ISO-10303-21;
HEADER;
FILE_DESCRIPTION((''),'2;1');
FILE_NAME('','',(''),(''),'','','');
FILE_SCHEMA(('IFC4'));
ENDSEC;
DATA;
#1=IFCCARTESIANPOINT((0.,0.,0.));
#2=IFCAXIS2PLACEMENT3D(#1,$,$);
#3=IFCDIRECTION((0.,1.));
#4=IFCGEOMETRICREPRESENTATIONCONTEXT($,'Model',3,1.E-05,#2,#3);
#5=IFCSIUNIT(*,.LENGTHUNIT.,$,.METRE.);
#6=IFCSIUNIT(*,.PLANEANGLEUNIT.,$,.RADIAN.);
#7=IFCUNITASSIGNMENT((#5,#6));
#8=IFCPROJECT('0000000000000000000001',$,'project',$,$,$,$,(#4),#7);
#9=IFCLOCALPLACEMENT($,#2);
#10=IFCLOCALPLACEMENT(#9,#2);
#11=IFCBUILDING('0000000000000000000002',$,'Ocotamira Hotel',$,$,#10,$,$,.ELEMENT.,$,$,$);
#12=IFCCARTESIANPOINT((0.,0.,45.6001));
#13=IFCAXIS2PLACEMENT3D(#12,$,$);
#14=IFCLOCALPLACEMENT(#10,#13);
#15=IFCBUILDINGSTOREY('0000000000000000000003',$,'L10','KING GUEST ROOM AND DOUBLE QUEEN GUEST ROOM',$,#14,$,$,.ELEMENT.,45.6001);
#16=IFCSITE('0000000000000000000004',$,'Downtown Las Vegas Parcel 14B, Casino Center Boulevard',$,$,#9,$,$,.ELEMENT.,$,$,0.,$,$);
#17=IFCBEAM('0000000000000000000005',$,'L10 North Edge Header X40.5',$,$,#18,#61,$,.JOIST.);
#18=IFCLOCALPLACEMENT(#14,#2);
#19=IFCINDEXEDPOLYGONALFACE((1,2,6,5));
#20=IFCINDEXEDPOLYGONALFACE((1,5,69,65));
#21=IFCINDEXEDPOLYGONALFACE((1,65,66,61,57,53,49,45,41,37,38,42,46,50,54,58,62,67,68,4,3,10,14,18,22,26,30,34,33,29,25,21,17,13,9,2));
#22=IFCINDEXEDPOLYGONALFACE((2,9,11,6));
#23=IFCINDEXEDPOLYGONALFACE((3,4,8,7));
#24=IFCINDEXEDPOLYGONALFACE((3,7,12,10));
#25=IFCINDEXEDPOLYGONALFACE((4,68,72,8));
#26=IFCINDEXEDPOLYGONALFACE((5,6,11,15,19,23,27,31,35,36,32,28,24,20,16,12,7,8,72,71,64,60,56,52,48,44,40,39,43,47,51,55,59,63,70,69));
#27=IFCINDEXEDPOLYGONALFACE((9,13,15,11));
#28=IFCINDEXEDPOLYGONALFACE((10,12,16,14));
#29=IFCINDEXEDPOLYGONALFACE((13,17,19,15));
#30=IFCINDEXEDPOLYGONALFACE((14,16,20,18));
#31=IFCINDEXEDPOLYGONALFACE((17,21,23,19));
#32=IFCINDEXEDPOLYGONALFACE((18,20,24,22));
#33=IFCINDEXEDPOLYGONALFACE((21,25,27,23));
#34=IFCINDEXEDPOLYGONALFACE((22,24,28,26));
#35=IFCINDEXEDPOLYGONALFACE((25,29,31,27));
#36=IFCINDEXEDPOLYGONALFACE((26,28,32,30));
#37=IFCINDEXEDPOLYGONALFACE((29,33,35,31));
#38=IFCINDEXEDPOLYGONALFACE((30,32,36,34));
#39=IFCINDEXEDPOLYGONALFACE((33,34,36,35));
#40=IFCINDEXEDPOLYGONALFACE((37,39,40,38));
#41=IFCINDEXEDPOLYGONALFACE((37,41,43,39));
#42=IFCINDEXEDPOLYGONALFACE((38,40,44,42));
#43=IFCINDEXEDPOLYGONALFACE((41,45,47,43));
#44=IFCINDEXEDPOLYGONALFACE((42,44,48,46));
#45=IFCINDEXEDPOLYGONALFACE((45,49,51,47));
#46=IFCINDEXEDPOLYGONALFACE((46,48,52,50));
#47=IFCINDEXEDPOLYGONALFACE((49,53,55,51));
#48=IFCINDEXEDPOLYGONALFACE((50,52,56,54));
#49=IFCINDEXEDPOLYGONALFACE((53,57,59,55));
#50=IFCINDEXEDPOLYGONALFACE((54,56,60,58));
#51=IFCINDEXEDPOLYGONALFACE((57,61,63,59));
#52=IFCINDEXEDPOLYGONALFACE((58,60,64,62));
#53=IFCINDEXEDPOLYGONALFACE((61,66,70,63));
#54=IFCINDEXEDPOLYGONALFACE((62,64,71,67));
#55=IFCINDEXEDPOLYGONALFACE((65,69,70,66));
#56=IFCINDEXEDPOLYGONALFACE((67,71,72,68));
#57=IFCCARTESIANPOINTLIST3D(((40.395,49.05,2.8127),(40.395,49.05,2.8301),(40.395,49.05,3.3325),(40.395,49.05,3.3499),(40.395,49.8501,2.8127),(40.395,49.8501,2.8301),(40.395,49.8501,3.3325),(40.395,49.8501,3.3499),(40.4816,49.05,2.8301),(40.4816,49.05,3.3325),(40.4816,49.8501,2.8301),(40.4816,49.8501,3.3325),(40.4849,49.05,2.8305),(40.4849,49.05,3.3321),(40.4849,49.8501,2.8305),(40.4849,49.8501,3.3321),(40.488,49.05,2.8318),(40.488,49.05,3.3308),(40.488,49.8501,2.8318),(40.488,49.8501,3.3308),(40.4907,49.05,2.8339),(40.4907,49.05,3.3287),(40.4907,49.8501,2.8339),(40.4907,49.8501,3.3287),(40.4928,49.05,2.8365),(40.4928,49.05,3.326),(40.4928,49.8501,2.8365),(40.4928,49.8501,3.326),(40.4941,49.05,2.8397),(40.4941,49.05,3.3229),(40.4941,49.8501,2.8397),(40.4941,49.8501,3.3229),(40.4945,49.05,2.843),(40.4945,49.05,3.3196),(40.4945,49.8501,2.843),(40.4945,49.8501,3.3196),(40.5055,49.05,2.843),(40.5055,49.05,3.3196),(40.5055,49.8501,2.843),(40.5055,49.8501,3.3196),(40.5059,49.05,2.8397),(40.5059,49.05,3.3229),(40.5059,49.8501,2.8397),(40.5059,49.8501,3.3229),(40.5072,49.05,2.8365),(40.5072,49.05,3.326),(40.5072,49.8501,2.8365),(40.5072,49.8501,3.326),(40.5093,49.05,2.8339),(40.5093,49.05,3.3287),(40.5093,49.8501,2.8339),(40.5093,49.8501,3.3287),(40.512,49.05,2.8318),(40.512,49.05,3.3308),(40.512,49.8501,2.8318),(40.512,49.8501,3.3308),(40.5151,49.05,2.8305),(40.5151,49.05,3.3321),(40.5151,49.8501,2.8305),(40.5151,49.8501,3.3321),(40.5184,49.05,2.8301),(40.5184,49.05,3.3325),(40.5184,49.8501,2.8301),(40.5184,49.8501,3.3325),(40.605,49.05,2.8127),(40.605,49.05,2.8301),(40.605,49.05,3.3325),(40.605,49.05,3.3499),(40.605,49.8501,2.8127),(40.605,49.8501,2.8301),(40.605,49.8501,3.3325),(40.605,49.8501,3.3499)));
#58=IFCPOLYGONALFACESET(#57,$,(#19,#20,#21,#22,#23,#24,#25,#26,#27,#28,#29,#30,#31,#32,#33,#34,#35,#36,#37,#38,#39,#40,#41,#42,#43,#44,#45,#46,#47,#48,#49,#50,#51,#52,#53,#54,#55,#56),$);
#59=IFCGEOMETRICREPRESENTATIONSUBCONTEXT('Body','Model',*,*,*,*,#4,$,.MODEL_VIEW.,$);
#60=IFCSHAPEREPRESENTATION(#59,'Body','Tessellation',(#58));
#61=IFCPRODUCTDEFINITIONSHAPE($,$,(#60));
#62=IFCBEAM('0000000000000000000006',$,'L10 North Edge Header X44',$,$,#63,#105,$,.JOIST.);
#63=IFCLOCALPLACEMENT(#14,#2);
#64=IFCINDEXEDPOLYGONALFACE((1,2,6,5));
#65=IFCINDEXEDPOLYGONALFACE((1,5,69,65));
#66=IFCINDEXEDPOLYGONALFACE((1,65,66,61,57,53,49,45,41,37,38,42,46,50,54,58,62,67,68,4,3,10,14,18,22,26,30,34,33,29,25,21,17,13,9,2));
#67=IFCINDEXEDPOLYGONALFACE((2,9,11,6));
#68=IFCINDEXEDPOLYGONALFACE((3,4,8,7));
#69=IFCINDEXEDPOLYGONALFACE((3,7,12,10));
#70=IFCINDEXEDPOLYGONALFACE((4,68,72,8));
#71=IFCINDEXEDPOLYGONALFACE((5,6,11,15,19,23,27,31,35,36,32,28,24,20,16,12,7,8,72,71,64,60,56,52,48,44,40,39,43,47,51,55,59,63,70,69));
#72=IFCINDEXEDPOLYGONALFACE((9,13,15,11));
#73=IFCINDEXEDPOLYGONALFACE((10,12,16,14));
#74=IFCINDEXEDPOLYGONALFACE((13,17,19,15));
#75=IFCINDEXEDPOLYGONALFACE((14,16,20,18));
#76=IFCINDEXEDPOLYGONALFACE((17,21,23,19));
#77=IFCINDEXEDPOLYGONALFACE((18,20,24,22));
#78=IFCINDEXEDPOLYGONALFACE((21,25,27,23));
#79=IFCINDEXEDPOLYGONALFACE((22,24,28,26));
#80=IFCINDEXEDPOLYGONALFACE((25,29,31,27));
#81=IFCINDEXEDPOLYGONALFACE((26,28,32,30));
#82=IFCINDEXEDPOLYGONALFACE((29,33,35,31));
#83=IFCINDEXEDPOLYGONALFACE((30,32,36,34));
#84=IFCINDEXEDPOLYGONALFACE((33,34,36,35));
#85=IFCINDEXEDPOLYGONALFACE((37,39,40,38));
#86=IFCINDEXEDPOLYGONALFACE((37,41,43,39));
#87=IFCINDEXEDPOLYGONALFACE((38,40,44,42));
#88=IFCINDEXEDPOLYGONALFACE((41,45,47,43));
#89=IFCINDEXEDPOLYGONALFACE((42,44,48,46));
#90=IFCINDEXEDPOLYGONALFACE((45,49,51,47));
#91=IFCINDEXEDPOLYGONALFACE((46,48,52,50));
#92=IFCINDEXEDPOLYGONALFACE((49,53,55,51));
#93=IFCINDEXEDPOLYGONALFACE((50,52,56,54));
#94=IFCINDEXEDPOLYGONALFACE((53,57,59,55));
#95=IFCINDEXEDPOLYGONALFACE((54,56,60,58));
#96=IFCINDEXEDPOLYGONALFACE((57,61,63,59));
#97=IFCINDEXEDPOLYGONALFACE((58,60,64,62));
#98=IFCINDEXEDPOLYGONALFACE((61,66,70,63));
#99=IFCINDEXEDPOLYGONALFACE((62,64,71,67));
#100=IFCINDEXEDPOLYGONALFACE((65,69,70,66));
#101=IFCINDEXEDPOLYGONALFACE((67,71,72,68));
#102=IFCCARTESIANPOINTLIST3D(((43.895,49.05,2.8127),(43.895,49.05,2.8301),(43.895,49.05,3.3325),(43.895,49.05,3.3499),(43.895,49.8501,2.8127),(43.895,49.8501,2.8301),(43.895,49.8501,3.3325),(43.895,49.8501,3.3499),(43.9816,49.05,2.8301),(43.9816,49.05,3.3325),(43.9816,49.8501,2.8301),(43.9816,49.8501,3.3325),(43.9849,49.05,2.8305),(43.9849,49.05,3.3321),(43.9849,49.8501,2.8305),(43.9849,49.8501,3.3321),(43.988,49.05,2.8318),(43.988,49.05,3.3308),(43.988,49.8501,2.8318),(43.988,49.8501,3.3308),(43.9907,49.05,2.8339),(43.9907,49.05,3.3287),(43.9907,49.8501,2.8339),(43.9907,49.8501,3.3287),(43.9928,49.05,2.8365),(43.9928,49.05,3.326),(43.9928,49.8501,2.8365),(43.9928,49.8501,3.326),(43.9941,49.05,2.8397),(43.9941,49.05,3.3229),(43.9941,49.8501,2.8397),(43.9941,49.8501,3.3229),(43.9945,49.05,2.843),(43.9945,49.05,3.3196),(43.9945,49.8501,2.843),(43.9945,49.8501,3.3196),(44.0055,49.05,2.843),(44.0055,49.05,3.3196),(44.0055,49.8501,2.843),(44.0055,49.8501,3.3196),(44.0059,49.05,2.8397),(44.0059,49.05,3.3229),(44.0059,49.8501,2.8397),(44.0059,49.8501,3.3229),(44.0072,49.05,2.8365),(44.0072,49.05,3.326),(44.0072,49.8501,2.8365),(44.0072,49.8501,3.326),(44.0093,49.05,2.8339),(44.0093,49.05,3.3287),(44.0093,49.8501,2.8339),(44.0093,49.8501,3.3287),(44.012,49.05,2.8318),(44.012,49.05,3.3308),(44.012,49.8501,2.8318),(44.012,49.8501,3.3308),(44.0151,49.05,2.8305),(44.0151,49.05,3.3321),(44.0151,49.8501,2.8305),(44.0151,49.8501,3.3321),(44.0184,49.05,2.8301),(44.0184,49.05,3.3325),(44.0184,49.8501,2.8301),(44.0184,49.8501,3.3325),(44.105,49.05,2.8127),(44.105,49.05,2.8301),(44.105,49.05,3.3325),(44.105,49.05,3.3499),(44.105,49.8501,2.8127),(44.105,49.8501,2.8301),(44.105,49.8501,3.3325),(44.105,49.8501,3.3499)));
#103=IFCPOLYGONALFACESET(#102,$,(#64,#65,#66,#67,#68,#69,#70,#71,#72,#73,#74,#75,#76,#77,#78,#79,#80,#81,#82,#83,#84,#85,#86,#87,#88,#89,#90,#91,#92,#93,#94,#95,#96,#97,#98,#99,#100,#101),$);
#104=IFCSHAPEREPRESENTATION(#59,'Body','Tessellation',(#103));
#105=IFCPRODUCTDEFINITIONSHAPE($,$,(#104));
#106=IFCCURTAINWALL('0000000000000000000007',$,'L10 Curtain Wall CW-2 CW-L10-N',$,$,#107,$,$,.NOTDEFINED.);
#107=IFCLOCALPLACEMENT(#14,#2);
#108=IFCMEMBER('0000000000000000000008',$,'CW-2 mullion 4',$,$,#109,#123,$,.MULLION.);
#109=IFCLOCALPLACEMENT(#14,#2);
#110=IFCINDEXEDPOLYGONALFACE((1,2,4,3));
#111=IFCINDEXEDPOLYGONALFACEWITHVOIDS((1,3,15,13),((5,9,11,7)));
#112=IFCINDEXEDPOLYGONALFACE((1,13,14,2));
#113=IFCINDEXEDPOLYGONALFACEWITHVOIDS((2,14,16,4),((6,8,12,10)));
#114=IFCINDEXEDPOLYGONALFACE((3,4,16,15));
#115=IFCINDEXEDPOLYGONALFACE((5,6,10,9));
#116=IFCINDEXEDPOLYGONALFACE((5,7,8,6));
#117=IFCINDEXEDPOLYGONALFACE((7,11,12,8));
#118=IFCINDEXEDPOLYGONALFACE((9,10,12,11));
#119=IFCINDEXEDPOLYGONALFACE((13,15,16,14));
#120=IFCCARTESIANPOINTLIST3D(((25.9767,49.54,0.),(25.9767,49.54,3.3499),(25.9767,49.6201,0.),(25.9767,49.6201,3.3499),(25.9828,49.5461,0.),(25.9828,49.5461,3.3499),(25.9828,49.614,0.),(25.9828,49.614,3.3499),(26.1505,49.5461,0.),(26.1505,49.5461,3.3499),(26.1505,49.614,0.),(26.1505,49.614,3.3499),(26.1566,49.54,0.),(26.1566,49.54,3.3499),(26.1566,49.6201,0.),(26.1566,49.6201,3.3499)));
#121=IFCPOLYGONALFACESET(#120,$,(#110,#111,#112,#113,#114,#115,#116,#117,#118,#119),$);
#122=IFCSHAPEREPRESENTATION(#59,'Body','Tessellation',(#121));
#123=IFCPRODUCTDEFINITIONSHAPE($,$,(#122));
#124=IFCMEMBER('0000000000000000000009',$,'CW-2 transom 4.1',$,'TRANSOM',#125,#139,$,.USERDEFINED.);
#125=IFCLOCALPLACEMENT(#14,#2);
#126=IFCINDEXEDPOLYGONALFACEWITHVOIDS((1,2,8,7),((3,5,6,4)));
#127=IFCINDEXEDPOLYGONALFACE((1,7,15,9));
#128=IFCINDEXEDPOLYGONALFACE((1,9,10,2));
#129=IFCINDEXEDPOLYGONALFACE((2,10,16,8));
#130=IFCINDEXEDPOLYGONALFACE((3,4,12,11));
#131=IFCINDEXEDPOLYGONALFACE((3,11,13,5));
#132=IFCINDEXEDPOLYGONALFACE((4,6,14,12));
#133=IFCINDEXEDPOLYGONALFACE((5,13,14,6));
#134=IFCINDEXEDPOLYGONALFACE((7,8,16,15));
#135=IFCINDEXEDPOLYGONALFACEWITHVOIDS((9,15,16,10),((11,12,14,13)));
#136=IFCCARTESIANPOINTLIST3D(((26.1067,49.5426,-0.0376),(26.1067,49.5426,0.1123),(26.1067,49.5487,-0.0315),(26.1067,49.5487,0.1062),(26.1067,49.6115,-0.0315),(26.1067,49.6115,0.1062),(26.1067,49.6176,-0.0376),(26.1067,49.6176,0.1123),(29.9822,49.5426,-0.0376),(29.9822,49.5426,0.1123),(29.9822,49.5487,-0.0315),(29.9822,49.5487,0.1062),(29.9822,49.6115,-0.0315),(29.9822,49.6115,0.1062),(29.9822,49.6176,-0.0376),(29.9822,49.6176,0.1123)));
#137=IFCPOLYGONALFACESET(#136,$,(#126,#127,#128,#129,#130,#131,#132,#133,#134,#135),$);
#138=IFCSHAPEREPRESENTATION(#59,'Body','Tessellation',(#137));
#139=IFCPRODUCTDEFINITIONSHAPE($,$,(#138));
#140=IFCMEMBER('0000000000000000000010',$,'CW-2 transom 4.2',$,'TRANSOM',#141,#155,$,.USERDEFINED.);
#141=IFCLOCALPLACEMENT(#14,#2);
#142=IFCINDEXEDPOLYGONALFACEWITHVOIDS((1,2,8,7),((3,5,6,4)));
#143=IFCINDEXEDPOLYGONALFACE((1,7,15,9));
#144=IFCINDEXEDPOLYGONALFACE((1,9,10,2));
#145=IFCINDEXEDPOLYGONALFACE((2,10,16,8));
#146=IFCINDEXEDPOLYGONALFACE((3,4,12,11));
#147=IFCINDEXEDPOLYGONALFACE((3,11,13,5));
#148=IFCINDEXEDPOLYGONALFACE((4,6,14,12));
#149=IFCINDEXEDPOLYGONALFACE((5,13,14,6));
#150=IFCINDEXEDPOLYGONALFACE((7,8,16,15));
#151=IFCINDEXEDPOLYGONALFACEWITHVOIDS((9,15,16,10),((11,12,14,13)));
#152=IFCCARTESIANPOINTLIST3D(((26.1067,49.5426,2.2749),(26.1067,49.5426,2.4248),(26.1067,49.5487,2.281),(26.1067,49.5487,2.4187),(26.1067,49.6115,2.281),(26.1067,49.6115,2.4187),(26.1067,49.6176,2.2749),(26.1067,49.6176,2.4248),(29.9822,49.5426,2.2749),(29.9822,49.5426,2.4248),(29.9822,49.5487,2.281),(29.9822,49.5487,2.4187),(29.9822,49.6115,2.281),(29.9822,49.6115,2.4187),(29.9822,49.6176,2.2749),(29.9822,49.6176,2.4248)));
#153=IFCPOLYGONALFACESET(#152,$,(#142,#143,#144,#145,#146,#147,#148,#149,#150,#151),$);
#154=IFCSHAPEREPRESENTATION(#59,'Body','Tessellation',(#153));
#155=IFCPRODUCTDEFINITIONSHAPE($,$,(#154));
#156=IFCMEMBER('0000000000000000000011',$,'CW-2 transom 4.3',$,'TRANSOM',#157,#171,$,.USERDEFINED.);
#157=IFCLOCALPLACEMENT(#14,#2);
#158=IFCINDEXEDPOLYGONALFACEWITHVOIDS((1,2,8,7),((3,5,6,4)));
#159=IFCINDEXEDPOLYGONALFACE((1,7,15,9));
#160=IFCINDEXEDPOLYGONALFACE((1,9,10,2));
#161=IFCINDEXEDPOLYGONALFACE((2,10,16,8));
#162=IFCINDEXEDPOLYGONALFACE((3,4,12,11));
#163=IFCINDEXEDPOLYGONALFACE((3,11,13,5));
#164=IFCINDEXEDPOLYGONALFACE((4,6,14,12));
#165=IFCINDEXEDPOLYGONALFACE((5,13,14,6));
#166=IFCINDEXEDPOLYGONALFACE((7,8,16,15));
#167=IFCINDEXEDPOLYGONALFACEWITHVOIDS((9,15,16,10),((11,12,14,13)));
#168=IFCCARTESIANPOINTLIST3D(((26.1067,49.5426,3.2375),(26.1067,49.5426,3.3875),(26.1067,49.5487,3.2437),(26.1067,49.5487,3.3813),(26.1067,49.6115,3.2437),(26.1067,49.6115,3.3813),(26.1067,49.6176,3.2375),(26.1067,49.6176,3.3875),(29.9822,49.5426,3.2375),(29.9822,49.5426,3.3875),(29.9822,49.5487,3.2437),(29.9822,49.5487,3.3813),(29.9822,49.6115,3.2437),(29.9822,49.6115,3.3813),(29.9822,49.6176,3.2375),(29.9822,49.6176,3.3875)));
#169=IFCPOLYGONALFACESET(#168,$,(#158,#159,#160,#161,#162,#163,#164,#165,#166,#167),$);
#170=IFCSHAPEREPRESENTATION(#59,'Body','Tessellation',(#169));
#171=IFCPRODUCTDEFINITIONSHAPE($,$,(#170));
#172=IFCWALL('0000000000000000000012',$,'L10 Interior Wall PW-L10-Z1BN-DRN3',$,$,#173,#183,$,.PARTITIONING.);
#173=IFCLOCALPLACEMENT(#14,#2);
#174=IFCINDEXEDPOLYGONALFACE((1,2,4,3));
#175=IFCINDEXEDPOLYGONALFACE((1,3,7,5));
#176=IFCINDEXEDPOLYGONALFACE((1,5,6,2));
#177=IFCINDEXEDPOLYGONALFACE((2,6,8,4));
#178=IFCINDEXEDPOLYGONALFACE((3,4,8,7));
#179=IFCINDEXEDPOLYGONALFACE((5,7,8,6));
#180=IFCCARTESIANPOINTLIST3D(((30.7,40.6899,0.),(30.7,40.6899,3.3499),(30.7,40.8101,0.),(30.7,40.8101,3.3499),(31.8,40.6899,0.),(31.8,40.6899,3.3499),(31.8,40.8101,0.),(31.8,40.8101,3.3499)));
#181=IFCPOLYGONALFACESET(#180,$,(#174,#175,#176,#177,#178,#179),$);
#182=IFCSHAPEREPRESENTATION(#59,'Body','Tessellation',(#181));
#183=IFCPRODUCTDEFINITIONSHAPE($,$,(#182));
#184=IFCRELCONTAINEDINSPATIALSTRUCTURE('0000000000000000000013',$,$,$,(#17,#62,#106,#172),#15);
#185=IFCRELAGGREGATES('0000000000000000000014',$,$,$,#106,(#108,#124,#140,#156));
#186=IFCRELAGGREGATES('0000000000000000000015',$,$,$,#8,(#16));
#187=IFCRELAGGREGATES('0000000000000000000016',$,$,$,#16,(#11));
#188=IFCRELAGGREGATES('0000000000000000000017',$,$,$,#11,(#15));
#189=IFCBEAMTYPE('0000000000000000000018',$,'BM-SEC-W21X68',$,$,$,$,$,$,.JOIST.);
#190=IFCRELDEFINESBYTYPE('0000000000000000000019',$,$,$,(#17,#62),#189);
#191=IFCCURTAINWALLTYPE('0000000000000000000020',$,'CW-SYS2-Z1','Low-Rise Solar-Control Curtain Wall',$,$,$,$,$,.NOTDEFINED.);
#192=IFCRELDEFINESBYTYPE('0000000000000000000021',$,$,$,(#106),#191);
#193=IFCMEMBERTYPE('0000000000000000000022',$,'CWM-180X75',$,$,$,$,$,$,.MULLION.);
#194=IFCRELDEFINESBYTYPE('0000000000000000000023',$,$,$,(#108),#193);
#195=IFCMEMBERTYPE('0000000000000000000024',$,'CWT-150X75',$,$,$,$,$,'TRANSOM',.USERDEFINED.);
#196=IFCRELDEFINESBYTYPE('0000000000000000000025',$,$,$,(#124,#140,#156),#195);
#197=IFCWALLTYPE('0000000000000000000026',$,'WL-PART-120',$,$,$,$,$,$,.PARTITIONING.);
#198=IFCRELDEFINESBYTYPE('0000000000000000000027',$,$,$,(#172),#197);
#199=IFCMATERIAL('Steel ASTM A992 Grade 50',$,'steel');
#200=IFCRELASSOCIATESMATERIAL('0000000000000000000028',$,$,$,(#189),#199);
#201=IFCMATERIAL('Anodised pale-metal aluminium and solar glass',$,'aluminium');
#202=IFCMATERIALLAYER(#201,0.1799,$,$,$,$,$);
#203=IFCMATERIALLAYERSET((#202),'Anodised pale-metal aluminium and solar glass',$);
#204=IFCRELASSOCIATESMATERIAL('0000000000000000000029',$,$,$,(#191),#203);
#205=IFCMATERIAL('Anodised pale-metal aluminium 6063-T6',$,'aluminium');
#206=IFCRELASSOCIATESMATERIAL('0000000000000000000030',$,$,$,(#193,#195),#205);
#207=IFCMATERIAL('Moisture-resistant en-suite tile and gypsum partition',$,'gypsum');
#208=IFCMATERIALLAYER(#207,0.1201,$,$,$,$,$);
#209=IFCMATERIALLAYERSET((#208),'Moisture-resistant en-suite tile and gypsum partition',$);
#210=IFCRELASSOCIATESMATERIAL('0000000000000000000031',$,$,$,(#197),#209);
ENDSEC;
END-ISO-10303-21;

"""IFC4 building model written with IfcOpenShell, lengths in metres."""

from ifc_helpers import new_model, si_unit, direction, frame, frame_2d, origin, origin_2d, place, context, subcontext, project, spatial, rectangle, hollow_rectangle, i_section, extrude, source, transform, mapped, material, layer, layer_set, material_profile, profile_set, type_object, element, aggregate, save


model = new_model("IFC4")

# Units and contexts
model_context = context("Model", 3, precision=1e-05, world=origin(), true_north=direction((0.0, 1.0)))
body_context = subcontext(model_context, "Body", "Model", "MODEL_VIEW")
ifc_project = project(units=[si_unit("LENGTHUNIT", "METRE"), si_unit("PLANEANGLEUNIT", "RADIAN")], contexts=[model_context])

# Site, building, storey
site_placement = place(None, origin())
site = spatial("IfcSite", under=ifc_project, at=site_placement, Name="Downtown Las Vegas Parcel 14B, Casino Center Boulevard", CompositionType="ELEMENT", RefElevation=0.0)
building_placement = place(site_placement, origin())
building = spatial("IfcBuilding", under=site, at=building_placement, Name="Ocotamira Hotel", CompositionType="ELEMENT")
storey_placement = place(building_placement, frame((0.0, 0.0, 45.6001)))
storey = spatial("IfcBuildingStorey", under=building, at=storey_placement, Name="L10", Description="KING GUEST ROOM AND DOUBLE QUEEN GUEST ROOM", CompositionType="ELEMENT", Elevation=45.6001)

# Beams
ifc_material_1 = material(Name="Steel ASTM A992 Grade 50", Category="steel")
ifc_material_profile_1 = material_profile(ifc_material_1, i_section(OverallWidth=0.21, OverallDepth=0.5371, WebThickness=0.011, FlangeThickness=0.0173, FilletRadius=0.0129, at=origin_2d()), Name="W21X68")
ifc_profile_set_1 = profile_set([ifc_material_profile_1], Name="Steel ASTM A992 Grade 50")
beam_type_1 = type_object("IfcBeamType", Name="BM-SEC-W21X68", PredefinedType="JOIST", material=ifc_profile_set_1)
shared_shape_1 = source(origin(), body_context, "Body", "SweptSolid", [
    extrude(i_section(OverallWidth=0.21, OverallDepth=0.5371, WebThickness=0.011, FlangeThickness=0.0173, FilletRadius=0.0129, at=origin_2d()), origin(), (0.0, 0.0, 1.0), 0.8),
])
for number, where, z_axis, x_axis, name in (
    (1, (40.5, 49.05, 3.0813), (0.0, 1.0, 0.0), (-1.0, 0.0, 0.0), "L10 North Edge Header X40.5"),
    (2, (44.0, 49.05, 3.0813), (0.0, 1.0, 0.0), (-1.0, 0.0, 0.0), "L10 North Edge Header X44"),
):
    element("IfcBeam", number, at=place(storey_placement, frame(where, z_axis=z_axis, x_axis=x_axis)), inside=storey, type_object=beam_type_1, Name=name, PredefinedType="JOIST", context=body_context, shape_type="MappedRepresentation", body=[
        mapped(shared_shape_1, transform((0.0, 0.0, 0.0), scale=1.0)),
    ])

# Curtain wall, members
ifc_material_2 = material(Name="Anodised pale-metal aluminium and solar glass", Category="aluminium")
ifc_layer_1 = layer(ifc_material_2, 0.1799)
ifc_layer_set_1 = layer_set([ifc_layer_1], Name="Anodised pale-metal aluminium and solar glass")
curtain_wall_type = type_object("IfcCurtainWallType", Name="CW-SYS2-Z1", Description="Low-Rise Solar-Control Curtain Wall", PredefinedType="NOTDEFINED", material=ifc_layer_set_1)
curtain_wall_placement = place(storey_placement, origin())
curtain_wall = element("IfcCurtainWall", 3, at=curtain_wall_placement, inside=storey, type_object=curtain_wall_type, Name="L10 Curtain Wall CW-2 CW-L10-N", PredefinedType="NOTDEFINED")
ifc_material_3 = material(Name="Anodised pale-metal aluminium 6063-T6", Category="aluminium")
ifc_material_profile_2 = material_profile(ifc_material_3, hollow_rectangle(XDim=0.0801, YDim=0.1799, WallThickness=0.0061, at=origin_2d()), Name="HSS180X80X6")
ifc_profile_set_2 = profile_set([ifc_material_profile_2], Name="Anodised pale-metal aluminium 6063-T6")
member_type_1 = type_object("IfcMemberType", Name="CWM-180X75", PredefinedType="MULLION", material=ifc_profile_set_2)
shared_shape_2 = source(origin(), body_context, "Body", "SweptSolid", [
    extrude(hollow_rectangle(XDim=0.0801, YDim=0.1799, WallThickness=0.0061, at=origin_2d()), origin(), (0.0, 0.0, 1.0), 3.3499),
])
member_1_placement = place(storey_placement, frame((26.0667, 49.5801, 0.0), z_axis=(0.0, 0.0, 1.0), x_axis=(0.0, 1.0, 0.0)))
member_1 = element("IfcMember", 4, at=member_1_placement, type_object=member_type_1, Name="CW-2 mullion 4", PredefinedType="MULLION", context=body_context, shape_type="MappedRepresentation", body=[
    mapped(shared_shape_2, transform((0.0, 0.0, 0.0), scale=1.0)),
])
ifc_material_profile_3 = material_profile(ifc_material_3, hollow_rectangle(XDim=0.075, YDim=0.1499, WallThickness=0.0061, at=origin_2d()), Name="HSS150X75X6")
ifc_profile_set_3 = profile_set([ifc_material_profile_3], Name="Anodised pale-metal aluminium 6063-T6")
member_type_2 = type_object("IfcMemberType", Name="CWT-150X75", ElementType="TRANSOM", PredefinedType="USERDEFINED", material=ifc_profile_set_3)
shared_shape_3 = source(origin(), body_context, "Body", "SweptSolid", [
    extrude(hollow_rectangle(XDim=0.075, YDim=0.1499, WallThickness=0.0061, at=origin_2d()), origin(), (0.0, 0.0, 1.0), 3.8755),
])
member_2_placement = place(storey_placement, frame((26.1067, 49.5801, 0.0374), z_axis=(1.0, 0.0, 0.0), x_axis=(0.0, 1.0, 0.0)))
member_2 = element("IfcMember", 5, at=member_2_placement, type_object=member_type_2, Name="CW-2 transom 4.1", ObjectType="TRANSOM", PredefinedType="USERDEFINED", context=body_context, shape_type="MappedRepresentation", body=[
    mapped(shared_shape_3, transform((0.0, 0.0, 0.0), scale=1.0)),
])
member_3_placement = place(storey_placement, frame((26.1067, 49.5801, 2.3499), z_axis=(1.0, 0.0, 0.0), x_axis=(0.0, 1.0, 0.0)))
member_3 = element("IfcMember", 6, at=member_3_placement, type_object=member_type_2, Name="CW-2 transom 4.2", ObjectType="TRANSOM", PredefinedType="USERDEFINED", context=body_context, shape_type="MappedRepresentation", body=[
    mapped(shared_shape_3, transform((0.0, 0.0, 0.0), scale=1.0)),
])
member_4_placement = place(storey_placement, frame((26.1067, 49.5801, 3.3125), z_axis=(1.0, 0.0, 0.0), x_axis=(0.0, 1.0, 0.0)))
member_4 = element("IfcMember", 7, at=member_4_placement, type_object=member_type_2, Name="CW-2 transom 4.3", ObjectType="TRANSOM", PredefinedType="USERDEFINED", context=body_context, shape_type="MappedRepresentation", body=[
    mapped(shared_shape_3, transform((0.0, 0.0, 0.0), scale=1.0)),
])
aggregate(curtain_wall, [member_1, member_2, member_3, member_4])

# Wall
ifc_material_4 = material(Name="Moisture-resistant en-suite tile and gypsum partition", Category="gypsum")
ifc_layer_2 = layer(ifc_material_4, 0.1201)
ifc_layer_set_2 = layer_set([ifc_layer_2], Name="Moisture-resistant en-suite tile and gypsum partition")
wall_type_1 = type_object("IfcWallType", Name="WL-PART-120", PredefinedType="PARTITIONING", material=ifc_layer_set_2)
wall_1_placement = place(storey_placement, frame((30.7, 40.75, 0.0), z_axis=(0.0, 0.0, 1.0), x_axis=(1.0, 0.0, 0.0)))
element("IfcWall", 8, at=wall_1_placement, inside=storey, type_object=wall_type_1, Name="L10 Interior Wall PW-L10-Z1BN-DRN3", PredefinedType="PARTITIONING", context=body_context, shape_type="SweptSolid", body=[
    extrude(rectangle(XDim=1.1001, YDim=0.1201, at=frame_2d((0.55, 0.0))), origin(), (0.0, 0.0, 1.0), 3.3499),
])

save(model, "model.ifc")
